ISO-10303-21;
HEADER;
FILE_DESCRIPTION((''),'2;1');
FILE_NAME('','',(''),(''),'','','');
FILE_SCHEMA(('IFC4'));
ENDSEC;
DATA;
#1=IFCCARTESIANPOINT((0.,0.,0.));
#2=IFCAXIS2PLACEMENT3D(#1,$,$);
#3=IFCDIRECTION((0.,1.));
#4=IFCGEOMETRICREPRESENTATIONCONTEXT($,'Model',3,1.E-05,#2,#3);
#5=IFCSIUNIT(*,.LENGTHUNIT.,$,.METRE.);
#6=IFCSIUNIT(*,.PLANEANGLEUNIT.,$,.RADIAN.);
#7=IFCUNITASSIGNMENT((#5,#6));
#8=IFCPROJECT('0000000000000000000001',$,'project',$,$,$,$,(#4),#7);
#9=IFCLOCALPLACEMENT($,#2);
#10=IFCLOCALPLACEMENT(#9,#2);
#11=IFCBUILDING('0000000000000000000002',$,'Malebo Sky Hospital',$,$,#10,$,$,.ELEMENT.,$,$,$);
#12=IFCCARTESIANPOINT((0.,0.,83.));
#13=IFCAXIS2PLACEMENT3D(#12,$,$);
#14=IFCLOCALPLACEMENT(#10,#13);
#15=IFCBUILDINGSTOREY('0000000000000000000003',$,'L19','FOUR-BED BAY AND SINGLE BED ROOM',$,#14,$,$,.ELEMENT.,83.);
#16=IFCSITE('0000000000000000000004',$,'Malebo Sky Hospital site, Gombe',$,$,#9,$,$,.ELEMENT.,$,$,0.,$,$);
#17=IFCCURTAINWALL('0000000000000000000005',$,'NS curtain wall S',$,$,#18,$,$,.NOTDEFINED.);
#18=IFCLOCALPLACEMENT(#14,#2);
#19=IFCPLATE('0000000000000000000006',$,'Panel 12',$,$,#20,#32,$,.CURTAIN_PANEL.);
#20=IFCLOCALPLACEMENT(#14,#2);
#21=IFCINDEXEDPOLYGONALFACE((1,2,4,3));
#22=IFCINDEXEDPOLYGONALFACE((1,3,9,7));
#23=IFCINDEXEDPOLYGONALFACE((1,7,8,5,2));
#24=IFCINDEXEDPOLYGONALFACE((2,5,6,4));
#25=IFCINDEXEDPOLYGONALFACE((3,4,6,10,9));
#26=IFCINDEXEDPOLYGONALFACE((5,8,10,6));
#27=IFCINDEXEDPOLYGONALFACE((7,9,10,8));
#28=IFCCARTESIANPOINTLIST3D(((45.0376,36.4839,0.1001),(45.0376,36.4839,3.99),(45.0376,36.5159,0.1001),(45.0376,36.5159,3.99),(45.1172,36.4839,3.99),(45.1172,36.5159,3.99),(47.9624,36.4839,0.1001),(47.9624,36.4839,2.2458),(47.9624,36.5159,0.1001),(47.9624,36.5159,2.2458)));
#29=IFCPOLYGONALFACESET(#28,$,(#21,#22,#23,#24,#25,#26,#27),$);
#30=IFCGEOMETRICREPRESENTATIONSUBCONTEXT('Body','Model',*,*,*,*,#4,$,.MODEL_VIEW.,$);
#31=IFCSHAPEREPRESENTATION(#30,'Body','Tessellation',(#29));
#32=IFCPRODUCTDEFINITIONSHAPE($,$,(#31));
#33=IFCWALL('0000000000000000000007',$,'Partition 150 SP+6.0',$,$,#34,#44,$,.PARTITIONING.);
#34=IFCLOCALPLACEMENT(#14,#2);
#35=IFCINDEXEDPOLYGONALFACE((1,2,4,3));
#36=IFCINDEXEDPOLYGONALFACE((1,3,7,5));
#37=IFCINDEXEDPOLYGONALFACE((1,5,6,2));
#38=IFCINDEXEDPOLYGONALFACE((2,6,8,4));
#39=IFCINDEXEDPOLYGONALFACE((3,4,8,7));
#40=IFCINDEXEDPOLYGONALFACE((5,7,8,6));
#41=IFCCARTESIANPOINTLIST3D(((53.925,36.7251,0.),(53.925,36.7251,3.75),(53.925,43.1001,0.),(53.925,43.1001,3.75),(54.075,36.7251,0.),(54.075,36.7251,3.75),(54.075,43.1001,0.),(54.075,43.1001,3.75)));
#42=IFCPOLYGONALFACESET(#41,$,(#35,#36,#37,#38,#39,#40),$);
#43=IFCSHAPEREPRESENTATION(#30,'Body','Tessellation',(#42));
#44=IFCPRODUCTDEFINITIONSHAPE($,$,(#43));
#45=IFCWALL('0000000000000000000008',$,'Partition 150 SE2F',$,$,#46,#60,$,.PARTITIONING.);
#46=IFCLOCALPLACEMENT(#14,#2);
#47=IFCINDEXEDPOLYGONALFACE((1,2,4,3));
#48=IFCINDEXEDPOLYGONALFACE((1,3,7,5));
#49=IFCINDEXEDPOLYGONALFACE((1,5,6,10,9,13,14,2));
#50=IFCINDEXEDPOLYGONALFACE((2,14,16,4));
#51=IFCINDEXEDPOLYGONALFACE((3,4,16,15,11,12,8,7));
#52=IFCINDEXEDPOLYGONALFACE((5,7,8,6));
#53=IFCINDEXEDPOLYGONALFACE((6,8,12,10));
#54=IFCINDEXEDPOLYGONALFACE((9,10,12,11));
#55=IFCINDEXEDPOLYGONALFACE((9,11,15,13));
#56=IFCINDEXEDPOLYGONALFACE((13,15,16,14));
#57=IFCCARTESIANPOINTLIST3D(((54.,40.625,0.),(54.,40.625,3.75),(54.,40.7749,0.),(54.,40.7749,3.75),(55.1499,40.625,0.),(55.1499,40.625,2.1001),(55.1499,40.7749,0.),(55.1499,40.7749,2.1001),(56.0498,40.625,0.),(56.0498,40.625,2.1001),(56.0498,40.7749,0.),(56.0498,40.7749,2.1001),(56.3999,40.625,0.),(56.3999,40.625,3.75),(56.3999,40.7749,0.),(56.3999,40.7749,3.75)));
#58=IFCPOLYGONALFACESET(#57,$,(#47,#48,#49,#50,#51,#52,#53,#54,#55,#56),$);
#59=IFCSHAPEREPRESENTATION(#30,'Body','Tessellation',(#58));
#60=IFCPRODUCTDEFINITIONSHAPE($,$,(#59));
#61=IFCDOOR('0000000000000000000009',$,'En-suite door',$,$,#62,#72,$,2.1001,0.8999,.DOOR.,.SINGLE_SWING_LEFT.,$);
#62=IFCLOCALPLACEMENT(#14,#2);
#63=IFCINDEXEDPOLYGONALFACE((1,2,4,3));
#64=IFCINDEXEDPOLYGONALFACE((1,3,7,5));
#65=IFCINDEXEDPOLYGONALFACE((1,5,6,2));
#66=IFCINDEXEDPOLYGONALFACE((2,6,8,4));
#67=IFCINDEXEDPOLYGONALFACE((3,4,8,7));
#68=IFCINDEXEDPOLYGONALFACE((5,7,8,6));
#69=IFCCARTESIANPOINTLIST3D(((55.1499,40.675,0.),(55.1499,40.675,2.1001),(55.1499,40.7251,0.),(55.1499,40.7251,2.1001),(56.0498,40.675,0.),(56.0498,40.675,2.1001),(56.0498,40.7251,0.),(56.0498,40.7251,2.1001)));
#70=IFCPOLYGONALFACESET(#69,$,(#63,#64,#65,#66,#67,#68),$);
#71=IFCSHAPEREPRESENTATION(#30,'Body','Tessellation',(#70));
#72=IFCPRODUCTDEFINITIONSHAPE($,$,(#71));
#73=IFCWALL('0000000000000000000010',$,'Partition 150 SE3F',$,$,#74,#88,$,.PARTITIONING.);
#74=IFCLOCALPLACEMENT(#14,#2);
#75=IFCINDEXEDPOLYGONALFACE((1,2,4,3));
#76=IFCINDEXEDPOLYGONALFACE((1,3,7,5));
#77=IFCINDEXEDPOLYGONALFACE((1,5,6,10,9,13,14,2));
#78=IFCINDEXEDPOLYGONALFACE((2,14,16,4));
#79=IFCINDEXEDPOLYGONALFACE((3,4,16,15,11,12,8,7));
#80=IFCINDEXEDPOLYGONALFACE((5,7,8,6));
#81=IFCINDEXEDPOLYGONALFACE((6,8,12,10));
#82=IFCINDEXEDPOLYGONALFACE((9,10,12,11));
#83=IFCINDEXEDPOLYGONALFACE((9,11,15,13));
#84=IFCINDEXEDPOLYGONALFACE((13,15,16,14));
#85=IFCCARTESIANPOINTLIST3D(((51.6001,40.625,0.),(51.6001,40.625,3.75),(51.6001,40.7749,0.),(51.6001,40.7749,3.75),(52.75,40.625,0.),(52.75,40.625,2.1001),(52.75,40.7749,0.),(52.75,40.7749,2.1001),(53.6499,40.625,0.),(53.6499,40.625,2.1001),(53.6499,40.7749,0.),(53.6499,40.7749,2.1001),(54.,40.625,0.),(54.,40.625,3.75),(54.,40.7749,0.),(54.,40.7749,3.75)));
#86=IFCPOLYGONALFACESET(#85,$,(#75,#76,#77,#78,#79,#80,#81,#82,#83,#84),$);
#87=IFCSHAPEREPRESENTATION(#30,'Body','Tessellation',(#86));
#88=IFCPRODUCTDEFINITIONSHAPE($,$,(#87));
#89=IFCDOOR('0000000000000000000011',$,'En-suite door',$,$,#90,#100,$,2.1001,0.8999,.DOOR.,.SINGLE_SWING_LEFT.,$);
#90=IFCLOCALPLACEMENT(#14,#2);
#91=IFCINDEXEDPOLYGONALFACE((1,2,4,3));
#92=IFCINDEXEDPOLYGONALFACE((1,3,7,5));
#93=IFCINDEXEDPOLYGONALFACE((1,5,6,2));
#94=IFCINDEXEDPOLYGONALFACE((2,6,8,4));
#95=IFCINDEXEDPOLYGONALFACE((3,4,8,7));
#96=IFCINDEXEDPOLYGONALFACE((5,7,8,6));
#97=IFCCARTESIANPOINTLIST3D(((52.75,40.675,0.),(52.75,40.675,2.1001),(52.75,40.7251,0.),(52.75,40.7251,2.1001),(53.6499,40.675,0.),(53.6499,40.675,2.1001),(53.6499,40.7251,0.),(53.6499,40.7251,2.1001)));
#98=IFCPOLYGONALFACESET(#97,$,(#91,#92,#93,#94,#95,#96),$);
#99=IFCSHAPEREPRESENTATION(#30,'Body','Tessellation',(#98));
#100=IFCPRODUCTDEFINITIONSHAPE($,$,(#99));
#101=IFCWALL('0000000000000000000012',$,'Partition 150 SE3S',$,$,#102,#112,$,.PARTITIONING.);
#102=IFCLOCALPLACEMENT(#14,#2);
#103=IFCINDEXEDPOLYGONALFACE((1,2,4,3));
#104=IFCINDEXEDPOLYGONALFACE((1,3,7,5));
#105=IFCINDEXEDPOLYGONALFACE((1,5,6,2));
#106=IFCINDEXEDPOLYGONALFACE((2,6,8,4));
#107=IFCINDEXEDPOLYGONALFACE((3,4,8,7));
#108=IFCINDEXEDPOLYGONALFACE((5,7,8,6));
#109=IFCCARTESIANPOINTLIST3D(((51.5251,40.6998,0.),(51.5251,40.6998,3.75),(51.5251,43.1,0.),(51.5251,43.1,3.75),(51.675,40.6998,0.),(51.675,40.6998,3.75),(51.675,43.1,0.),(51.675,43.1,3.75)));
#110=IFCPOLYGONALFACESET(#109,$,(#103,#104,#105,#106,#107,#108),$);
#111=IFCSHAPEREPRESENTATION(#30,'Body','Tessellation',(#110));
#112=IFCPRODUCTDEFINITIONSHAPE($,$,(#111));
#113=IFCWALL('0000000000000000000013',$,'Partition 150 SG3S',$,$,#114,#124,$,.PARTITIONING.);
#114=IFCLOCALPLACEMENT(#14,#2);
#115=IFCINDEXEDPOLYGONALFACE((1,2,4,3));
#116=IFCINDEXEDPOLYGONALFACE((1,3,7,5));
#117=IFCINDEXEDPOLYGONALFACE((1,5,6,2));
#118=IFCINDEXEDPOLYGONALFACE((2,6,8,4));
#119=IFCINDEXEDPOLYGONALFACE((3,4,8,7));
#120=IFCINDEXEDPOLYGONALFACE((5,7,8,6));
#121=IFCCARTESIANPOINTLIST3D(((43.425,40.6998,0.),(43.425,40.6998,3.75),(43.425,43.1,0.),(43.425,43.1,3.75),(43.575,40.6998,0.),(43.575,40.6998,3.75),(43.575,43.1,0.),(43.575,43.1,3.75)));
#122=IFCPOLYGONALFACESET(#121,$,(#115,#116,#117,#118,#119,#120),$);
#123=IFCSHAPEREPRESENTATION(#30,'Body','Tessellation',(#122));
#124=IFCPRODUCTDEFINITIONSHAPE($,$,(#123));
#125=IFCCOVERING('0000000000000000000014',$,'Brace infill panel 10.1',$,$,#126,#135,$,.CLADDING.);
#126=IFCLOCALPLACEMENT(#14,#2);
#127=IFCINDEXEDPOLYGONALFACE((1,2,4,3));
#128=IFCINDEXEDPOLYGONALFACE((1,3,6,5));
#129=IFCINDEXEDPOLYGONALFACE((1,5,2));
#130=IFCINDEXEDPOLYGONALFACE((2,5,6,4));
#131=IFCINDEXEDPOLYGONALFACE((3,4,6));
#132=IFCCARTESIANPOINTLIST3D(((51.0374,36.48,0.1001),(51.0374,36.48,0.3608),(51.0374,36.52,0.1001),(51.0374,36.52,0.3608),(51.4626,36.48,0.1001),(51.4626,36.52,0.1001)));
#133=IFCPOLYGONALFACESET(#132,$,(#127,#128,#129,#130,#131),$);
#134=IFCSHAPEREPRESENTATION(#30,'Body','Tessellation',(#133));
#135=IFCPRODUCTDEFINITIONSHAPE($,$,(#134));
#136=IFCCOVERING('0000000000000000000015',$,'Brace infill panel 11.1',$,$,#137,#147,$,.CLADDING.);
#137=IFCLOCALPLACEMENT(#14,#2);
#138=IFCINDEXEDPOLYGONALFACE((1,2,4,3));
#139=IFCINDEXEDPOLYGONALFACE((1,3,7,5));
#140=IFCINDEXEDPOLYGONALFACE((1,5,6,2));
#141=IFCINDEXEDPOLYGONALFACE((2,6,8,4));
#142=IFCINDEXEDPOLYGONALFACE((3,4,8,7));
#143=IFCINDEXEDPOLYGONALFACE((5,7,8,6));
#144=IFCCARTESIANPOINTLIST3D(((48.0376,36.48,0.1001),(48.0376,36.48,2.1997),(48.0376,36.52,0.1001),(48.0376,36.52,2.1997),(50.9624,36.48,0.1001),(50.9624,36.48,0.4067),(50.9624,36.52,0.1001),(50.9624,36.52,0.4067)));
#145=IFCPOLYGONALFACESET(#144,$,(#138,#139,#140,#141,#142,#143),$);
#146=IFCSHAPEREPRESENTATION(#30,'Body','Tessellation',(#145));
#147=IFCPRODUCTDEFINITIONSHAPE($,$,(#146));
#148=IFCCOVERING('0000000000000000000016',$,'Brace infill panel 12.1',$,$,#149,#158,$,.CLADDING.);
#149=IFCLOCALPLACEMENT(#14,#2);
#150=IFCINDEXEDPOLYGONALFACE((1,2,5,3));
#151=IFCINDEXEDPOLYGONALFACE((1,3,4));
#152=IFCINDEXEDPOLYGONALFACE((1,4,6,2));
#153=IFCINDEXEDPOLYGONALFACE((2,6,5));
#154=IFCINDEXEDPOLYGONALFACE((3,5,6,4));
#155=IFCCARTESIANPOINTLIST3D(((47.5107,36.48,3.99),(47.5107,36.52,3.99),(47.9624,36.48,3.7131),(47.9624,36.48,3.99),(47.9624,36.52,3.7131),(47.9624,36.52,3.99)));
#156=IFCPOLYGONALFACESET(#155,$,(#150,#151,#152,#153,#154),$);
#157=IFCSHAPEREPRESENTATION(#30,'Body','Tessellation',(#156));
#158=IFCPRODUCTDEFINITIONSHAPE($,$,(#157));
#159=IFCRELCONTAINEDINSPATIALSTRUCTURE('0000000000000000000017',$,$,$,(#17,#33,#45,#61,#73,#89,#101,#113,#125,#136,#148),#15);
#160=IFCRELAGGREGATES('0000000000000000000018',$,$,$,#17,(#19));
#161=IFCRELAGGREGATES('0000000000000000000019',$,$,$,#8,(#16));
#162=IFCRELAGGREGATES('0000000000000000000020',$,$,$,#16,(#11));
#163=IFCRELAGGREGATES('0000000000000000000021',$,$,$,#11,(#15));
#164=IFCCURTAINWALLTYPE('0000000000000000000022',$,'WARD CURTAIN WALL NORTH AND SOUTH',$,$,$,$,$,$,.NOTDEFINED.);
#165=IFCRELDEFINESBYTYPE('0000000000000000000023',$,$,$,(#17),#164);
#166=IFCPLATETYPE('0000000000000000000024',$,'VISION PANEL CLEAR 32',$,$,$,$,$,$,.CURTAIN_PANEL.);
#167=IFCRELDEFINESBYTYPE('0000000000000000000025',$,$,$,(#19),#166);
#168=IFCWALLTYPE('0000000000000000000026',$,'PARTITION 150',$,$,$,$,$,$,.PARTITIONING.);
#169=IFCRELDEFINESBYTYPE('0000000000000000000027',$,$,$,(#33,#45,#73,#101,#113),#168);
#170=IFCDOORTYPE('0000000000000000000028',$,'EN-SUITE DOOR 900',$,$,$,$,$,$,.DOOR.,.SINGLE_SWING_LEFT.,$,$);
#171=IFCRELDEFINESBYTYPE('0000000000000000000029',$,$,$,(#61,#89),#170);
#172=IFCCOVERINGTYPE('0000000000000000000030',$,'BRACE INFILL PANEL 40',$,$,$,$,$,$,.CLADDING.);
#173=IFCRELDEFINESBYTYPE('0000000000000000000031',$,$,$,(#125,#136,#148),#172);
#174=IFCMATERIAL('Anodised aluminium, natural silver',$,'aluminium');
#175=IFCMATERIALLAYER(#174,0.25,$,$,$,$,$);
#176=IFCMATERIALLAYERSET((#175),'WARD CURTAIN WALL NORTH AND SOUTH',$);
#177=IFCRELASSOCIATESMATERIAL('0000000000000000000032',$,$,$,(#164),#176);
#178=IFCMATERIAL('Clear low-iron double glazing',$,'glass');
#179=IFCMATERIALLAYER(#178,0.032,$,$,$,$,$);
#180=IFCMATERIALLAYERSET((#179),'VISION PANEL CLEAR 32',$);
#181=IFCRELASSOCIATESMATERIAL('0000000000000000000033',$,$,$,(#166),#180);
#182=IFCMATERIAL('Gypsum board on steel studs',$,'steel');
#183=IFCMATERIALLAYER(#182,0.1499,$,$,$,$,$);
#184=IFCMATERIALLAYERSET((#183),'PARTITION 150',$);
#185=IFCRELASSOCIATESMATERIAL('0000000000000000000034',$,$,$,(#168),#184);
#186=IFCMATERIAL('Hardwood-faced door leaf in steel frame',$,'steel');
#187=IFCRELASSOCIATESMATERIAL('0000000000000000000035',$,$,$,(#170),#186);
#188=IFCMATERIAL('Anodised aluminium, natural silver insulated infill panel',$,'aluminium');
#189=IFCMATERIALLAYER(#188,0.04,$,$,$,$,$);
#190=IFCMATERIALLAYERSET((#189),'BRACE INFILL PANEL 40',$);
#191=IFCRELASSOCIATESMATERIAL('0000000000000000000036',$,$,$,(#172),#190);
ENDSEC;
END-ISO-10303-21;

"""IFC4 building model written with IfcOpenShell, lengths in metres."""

from ifc_helpers import new_model, si_unit, direction, frame, frame_2d, origin, place, context, subcontext, project, spatial, polyline, rectangle, outline, extrude, material, layer, layer_set, type_object, element, fill, aggregate, save


model = new_model("IFC4")

# Units and contexts
model_context = context("Model", 3, precision=1e-05, world=origin(), true_north=direction((0.0, 1.0)))
body_context = subcontext(model_context, "Body", "Model", "MODEL_VIEW")
ifc_project = project(units=[si_unit("LENGTHUNIT", "METRE"), si_unit("PLANEANGLEUNIT", "RADIAN")], contexts=[model_context])

# Site, building, storey
site_placement = place(None, origin())
site = spatial("IfcSite", under=ifc_project, at=site_placement, Name="Malebo Sky Hospital site, Gombe", CompositionType="ELEMENT", RefElevation=0.0)
building_placement = place(site_placement, origin())
building = spatial("IfcBuilding", under=site, at=building_placement, Name="Malebo Sky Hospital", CompositionType="ELEMENT")
storey_placement = place(building_placement, frame((0.0, 0.0, 83.0)))
storey = spatial("IfcBuildingStorey", under=building, at=storey_placement, Name="L19", Description="FOUR-BED BAY AND SINGLE BED ROOM", CompositionType="ELEMENT", Elevation=83.0)

# Curtain wall
ifc_material_1 = material(Name="Anodised aluminium, natural silver", Category="aluminium")
ifc_layer_1 = layer(ifc_material_1, 0.25)
ifc_layer_set_1 = layer_set([ifc_layer_1], Name="WARD CURTAIN WALL NORTH AND SOUTH")
curtain_wall_type = type_object("IfcCurtainWallType", Name="WARD CURTAIN WALL NORTH AND SOUTH", PredefinedType="NOTDEFINED", material=ifc_layer_set_1)
curtain_wall_placement = place(storey_placement, origin())
curtain_wall = element("IfcCurtainWall", 1, at=curtain_wall_placement, inside=storey, type_object=curtain_wall_type, Name="NS curtain wall S", PredefinedType="NOTDEFINED")

# Plate
ifc_material_2 = material(Name="Clear low-iron double glazing", Category="glass")
ifc_layer_2 = layer(ifc_material_2, 0.032)
ifc_layer_set_2 = layer_set([ifc_layer_2], Name="VISION PANEL CLEAR 32")
plate_type = type_object("IfcPlateType", Name="VISION PANEL CLEAR 32", PredefinedType="CURTAIN_PANEL", material=ifc_layer_set_2)
plate_1_placement = place(storey_placement, frame((46.5, 36.5, 0.1001), z_axis=(0.0, 0.0, 1.0), x_axis=(-1.0, 0.0, 0.0)))
plate_1 = element("IfcPlate", 2, at=plate_1_placement, type_object=plate_type, Name="Panel 12", PredefinedType="CURTAIN_PANEL", context=body_context, shape_type="SweptSolid", body=[
    extrude(outline(polyline([(-1.4624, 0.0), (1.4624, 0.0), (1.4624, 3.8899), (1.3828, 3.8899), (-1.4624, 2.1458), (-1.4624, 0.0)])), frame((0.0, 0.0161, 0.0), z_axis=(0.0, -1.0, 0.0), x_axis=(1.0, 0.0, 0.0)), (0.0, 0.0, 1.0), 0.032),
])
aggregate(curtain_wall, [plate_1])

# Wall
ifc_material_3 = material(Name="Gypsum board on steel studs", Category="steel")
ifc_layer_3 = layer(ifc_material_3, 0.1499)
ifc_layer_set_3 = layer_set([ifc_layer_3], Name="PARTITION 150")
wall_type = type_object("IfcWallType", Name="PARTITION 150", PredefinedType="PARTITIONING", material=ifc_layer_set_3)
wall_1_placement = place(storey_placement, frame((54.0, 43.1001, 0.0), z_axis=(0.0, 0.0, 1.0), x_axis=(0.0, -1.0, 0.0)))
element("IfcWall", 3, at=wall_1_placement, inside=storey, type_object=wall_type, Name="Partition 150 SP+6.0", PredefinedType="PARTITIONING", context=body_context, shape_type="SweptSolid", body=[
    extrude(rectangle(XDim=6.375, YDim=0.1499, at=frame_2d((3.1875, 0.0))), origin(), (0.0, 0.0, 1.0), 3.75),
])

# Walls, openings, doors
wall_2_placement = place(storey_placement, frame((56.3999, 40.7, 0.0), z_axis=(0.0, 0.0, 1.0), x_axis=(-1.0, 0.0, 0.0)))
wall_2 = element("IfcWall", 4, at=wall_2_placement, inside=storey, type_object=wall_type, Name="Partition 150 SE2F", PredefinedType="PARTITIONING", context=body_context, shape_type="SweptSolid", body=[
    extrude(rectangle(XDim=2.3999, YDim=0.1499, at=frame_2d((1.2, 0.0))), origin(), (0.0, 0.0, 1.0), 3.75),
])
opening_1_placement = place(wall_2_placement, frame((0.3501, 0.0, 0.0)))
opening_1 = element("IfcOpeningElement", 5, at=opening_1_placement, cuts=wall_2, PredefinedType="OPENING", context=body_context, shape_type="SweptSolid", body=[
    extrude(rectangle(XDim=0.8999, YDim=2.1001, at=frame_2d((0.45, 1.05))), frame((0.0, 0.085, 0.0), z_axis=(0.0, -1.0, 0.0), x_axis=(1.0, 0.0, 0.0)), (0.0, 0.0, 1.0), 0.1699),
])
ifc_material_4 = material(Name="Hardwood-faced door leaf in steel frame", Category="steel")
door_type = type_object("IfcDoorType", Name="EN-SUITE DOOR 900", OperationType="SINGLE_SWING_LEFT", PredefinedType="DOOR", material=ifc_material_4)
door_1_placement = place(opening_1_placement, origin())
door_1 = element("IfcDoor", 6, at=door_1_placement, inside=storey, type_object=door_type, Name="En-suite door", OperationType="SINGLE_SWING_LEFT", OverallHeight=2.1001, OverallWidth=0.8999, PredefinedType="DOOR", context=body_context, shape_type="SweptSolid", body=[
    extrude(rectangle(XDim=0.8999, YDim=2.1001, at=frame_2d((0.45, 1.05))), frame((0.0, 0.0249, 0.0), z_axis=(0.0, -1.0, 0.0), x_axis=(1.0, 0.0, 0.0)), (0.0, 0.0, 1.0), 0.05),
])
fill(opening_1, door_1)
wall_3_placement = place(storey_placement, frame((54.0, 40.7, 0.0), z_axis=(0.0, 0.0, 1.0), x_axis=(-1.0, 0.0, 0.0)))
wall_3 = element("IfcWall", 7, at=wall_3_placement, inside=storey, type_object=wall_type, Name="Partition 150 SE3F", PredefinedType="PARTITIONING", context=body_context, shape_type="SweptSolid", body=[
    extrude(rectangle(XDim=2.3999, YDim=0.1499, at=frame_2d((1.2, 0.0))), origin(), (0.0, 0.0, 1.0), 3.75),
])
opening_2_placement = place(wall_3_placement, frame((0.3501, 0.0, 0.0)))
opening_2 = element("IfcOpeningElement", 8, at=opening_2_placement, cuts=wall_3, PredefinedType="OPENING", context=body_context, shape_type="SweptSolid", body=[
    extrude(rectangle(XDim=0.8999, YDim=2.1001, at=frame_2d((0.45, 1.05))), frame((0.0, 0.085, 0.0), z_axis=(0.0, -1.0, 0.0), x_axis=(1.0, 0.0, 0.0)), (0.0, 0.0, 1.0), 0.1699),
])
door_2_placement = place(opening_2_placement, origin())
door_2 = element("IfcDoor", 9, at=door_2_placement, inside=storey, type_object=door_type, Name="En-suite door", OperationType="SINGLE_SWING_LEFT", OverallHeight=2.1001, OverallWidth=0.8999, PredefinedType="DOOR", context=body_context, shape_type="SweptSolid", body=[
    extrude(rectangle(XDim=0.8999, YDim=2.1001, at=frame_2d((0.45, 1.05))), frame((0.0, 0.0249, 0.0), z_axis=(0.0, -1.0, 0.0), x_axis=(1.0, 0.0, 0.0)), (0.0, 0.0, 1.0), 0.05),
])
fill(opening_2, door_2)

# Walls
for number, where, z_axis, x_axis, name in (
    (10, (51.6001, 43.1001, 0.0), (0.0, 0.0, 1.0), (0.0, -1.0, 0.0), "Partition 150 SE3S"),
    (11, (43.5, 43.1001, 0.0), (0.0, 0.0, 1.0), (0.0, -1.0, 0.0), "Partition 150 SG3S"),
):
    element("IfcWall", number, at=place(storey_placement, frame(where, z_axis=z_axis, x_axis=x_axis)), inside=storey, type_object=wall_type, Name=name, PredefinedType="PARTITIONING", context=body_context, shape_type="SweptSolid", body=[
        extrude(rectangle(XDim=2.4001, YDim=0.1499, at=frame_2d((1.2002, 0.0))), origin(), (0.0, 0.0, 1.0), 3.75),
    ])

# Coverings
ifc_material_5 = material(Name="Anodised aluminium, natural silver insulated infill panel", Category="aluminium")
ifc_layer_4 = layer(ifc_material_5, 0.04)
ifc_layer_set_4 = layer_set([ifc_layer_4], Name="BRACE INFILL PANEL 40")
covering_type = type_object("IfcCoveringType", Name="BRACE INFILL PANEL 40", PredefinedType="CLADDING", material=ifc_layer_set_4)
covering_1_placement = place(storey_placement, frame((51.25, 36.5, 0.1001), z_axis=(0.0, 0.0, 1.0), x_axis=(-1.0, 0.0, 0.0)))
element("IfcCovering", 12, at=covering_1_placement, inside=storey, type_object=covering_type, Name="Brace infill panel 10.1", PredefinedType="CLADDING", context=body_context, shape_type="SweptSolid", body=[
    extrude(outline(polyline([(-0.2126, 0.0), (0.2126, 0.0), (0.2126, 0.2607), (-0.2126, 0.0)])), frame((0.0, 0.02, 0.0), z_axis=(0.0, -1.0, 0.0), x_axis=(1.0, 0.0, 0.0)), (0.0, 0.0, 1.0), 0.04),
])
covering_2_placement = place(storey_placement, frame((49.5, 36.5, 0.1001), z_axis=(0.0, 0.0, 1.0), x_axis=(-1.0, 0.0, 0.0)))
element("IfcCovering", 13, at=covering_2_placement, inside=storey, type_object=covering_type, Name="Brace infill panel 11.1", PredefinedType="CLADDING", context=body_context, shape_type="SweptSolid", body=[
    extrude(outline(polyline([(-1.4624, 0.0), (1.4624, 0.0), (1.4624, 2.0996), (-1.4624, 0.3066), (-1.4624, 0.0)])), frame((0.0, 0.02, 0.0), z_axis=(0.0, -1.0, 0.0), x_axis=(1.0, 0.0, 0.0)), (0.0, 0.0, 1.0), 0.04),
])
covering_3_placement = place(storey_placement, frame((47.7366, 36.5, 3.7131), z_axis=(0.0, 0.0, 1.0), x_axis=(-1.0, 0.0, 0.0)))
element("IfcCovering", 14, at=covering_3_placement, inside=storey, type_object=covering_type, Name="Brace infill panel 12.1", PredefinedType="CLADDING", context=body_context, shape_type="SweptSolid", body=[
    extrude(outline(polyline([(-0.2258, 0.0), (0.2258, 0.2769), (-0.2258, 0.2769), (-0.2258, 0.0)])), frame((0.0, 0.02, 0.0), z_axis=(0.0, -1.0, 0.0), x_axis=(1.0, 0.0, 0.0)), (0.0, 0.0, 1.0), 0.04),
])

save(model, "model.ifc")
